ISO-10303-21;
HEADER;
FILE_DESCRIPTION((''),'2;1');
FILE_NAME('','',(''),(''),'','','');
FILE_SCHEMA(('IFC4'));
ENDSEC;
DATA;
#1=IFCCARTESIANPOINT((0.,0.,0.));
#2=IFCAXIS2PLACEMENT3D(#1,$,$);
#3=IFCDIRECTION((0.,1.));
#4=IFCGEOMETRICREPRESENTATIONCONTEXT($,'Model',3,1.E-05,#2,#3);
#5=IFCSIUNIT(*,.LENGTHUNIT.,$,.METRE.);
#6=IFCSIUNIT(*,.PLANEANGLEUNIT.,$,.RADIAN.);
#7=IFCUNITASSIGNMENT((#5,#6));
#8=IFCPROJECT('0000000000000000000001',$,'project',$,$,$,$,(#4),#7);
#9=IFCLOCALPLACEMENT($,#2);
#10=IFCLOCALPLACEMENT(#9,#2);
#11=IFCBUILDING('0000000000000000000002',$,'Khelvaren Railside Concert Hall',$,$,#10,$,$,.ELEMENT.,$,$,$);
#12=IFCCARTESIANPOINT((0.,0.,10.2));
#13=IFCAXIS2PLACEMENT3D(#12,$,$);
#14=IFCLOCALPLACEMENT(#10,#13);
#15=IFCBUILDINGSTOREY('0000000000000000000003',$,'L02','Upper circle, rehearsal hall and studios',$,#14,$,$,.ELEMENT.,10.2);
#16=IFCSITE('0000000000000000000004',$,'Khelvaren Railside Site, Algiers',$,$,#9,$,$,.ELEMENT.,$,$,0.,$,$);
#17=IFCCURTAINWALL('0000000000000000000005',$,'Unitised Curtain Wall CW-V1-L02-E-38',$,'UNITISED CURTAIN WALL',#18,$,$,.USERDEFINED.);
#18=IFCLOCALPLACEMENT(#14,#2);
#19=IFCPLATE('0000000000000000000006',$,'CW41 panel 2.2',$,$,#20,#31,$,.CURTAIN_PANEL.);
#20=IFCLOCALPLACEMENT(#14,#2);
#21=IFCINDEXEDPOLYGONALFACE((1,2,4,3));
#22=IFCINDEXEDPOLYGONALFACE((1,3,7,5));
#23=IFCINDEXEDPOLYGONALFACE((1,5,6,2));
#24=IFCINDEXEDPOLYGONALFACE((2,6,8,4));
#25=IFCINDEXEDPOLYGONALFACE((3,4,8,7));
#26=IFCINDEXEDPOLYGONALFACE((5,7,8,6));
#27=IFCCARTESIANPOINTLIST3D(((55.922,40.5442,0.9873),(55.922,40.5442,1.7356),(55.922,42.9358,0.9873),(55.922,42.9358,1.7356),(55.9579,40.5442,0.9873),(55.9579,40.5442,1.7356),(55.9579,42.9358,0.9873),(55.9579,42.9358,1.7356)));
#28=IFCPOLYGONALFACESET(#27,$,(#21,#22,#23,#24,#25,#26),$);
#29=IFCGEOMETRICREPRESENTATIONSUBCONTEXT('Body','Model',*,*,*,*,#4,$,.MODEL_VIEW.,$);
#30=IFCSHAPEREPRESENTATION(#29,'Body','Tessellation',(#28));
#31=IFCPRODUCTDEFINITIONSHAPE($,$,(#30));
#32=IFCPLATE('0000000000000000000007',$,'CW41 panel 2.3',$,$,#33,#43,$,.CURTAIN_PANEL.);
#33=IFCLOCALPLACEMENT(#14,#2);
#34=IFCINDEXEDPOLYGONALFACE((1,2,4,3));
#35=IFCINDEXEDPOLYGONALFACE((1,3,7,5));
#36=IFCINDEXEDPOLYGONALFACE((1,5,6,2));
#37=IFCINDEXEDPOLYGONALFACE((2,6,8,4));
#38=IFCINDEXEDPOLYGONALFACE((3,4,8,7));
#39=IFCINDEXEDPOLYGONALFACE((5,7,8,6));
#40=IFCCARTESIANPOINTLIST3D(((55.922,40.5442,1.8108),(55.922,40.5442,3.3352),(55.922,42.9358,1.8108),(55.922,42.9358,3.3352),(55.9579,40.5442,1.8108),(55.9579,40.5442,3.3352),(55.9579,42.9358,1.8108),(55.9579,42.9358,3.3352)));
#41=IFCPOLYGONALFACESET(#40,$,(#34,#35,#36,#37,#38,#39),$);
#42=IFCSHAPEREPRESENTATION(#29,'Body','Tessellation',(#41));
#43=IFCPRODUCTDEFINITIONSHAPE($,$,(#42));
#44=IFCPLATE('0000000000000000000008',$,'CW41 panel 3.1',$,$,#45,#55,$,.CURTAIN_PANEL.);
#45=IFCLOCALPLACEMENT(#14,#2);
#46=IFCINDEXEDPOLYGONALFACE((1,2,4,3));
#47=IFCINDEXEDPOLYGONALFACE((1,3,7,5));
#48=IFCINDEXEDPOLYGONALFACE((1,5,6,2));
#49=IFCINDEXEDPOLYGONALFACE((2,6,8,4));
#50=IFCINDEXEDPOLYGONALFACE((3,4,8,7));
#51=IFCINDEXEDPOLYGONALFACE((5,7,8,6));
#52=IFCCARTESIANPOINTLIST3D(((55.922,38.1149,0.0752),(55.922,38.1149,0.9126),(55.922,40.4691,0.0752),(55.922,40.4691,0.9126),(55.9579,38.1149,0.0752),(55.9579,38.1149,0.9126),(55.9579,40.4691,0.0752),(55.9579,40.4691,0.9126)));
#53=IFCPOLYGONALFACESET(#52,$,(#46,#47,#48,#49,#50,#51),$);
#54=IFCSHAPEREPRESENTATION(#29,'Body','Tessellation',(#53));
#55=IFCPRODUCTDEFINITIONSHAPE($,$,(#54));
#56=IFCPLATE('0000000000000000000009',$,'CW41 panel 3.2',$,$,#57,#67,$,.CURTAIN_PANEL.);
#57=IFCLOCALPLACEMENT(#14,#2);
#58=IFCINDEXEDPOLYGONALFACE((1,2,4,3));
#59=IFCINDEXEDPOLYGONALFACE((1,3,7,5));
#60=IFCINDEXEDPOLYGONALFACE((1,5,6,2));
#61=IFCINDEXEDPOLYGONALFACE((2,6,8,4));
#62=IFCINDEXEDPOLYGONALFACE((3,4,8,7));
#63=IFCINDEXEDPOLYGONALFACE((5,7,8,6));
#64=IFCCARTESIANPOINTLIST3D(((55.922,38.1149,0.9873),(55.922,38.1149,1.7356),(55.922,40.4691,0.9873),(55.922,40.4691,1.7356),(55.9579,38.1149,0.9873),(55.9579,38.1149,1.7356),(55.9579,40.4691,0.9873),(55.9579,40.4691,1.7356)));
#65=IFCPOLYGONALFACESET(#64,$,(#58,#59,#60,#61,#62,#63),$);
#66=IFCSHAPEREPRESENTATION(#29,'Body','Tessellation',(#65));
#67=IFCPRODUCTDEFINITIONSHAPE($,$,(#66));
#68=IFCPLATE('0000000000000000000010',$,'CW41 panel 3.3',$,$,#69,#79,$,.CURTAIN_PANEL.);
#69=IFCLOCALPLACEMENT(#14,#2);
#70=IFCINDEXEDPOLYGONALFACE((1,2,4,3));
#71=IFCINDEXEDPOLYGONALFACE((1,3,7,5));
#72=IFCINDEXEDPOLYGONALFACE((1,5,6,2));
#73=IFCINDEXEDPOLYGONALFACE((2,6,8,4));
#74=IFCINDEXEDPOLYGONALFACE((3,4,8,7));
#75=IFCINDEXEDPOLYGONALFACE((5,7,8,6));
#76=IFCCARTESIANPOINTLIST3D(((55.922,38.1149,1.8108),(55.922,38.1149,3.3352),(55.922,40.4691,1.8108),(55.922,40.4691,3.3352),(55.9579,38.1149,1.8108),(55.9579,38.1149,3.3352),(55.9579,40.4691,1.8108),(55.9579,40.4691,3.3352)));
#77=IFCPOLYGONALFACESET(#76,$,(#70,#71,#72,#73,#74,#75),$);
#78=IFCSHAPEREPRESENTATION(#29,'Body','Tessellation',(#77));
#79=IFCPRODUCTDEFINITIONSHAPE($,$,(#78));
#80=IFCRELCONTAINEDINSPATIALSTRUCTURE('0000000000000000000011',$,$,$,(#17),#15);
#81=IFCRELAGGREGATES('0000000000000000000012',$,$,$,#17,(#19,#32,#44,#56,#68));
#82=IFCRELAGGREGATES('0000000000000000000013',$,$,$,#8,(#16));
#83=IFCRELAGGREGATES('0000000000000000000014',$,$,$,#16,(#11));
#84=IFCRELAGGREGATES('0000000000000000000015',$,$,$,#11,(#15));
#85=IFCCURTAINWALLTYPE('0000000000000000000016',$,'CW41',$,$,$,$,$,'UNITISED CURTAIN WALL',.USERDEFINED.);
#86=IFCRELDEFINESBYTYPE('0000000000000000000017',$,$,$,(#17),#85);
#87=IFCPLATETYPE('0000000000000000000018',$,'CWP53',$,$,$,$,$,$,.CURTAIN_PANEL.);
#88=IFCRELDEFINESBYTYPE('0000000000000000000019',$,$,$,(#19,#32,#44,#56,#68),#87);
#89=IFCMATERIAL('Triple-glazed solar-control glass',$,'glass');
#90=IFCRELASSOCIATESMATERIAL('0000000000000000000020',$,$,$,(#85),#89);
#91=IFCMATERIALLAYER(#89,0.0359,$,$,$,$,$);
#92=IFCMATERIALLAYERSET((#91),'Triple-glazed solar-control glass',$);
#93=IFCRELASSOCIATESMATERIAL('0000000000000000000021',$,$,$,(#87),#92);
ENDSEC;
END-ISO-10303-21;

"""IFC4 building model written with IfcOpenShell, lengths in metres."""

from ifc_helpers import new_model, si_unit, direction, frame, origin, origin_2d, place, context, subcontext, project, spatial, rectangle, extrude, material, layer, layer_set, type_object, element, aggregate, save


model = new_model("IFC4")

# Units and contexts
model_context = context("Model", 3, precision=1e-05, world=origin(), true_north=direction((0.0, 1.0)))
body_context = subcontext(model_context, "Body", "Model", "MODEL_VIEW")
ifc_project = project(units=[si_unit("LENGTHUNIT", "METRE"), si_unit("PLANEANGLEUNIT", "RADIAN")], contexts=[model_context])

# Site, building, storey
site_placement = place(None, origin())
site = spatial("IfcSite", under=ifc_project, at=site_placement, Name="Khelvaren Railside Site, Algiers", CompositionType="ELEMENT", RefElevation=0.0)
building_placement = place(site_placement, origin())
building = spatial("IfcBuilding", under=site, at=building_placement, Name="Khelvaren Railside Concert Hall", CompositionType="ELEMENT")
storey_placement = place(building_placement, frame((0.0, 0.0, 10.2)))
storey = spatial("IfcBuildingStorey", under=building, at=storey_placement, Name="L02", Description="Upper circle, rehearsal hall and studios", CompositionType="ELEMENT", Elevation=10.2)

# Curtain wall, plates
ifc_material_1 = material(Name="Triple-glazed solar-control glass", Category="glass")
curtain_wall_type = type_object("IfcCurtainWallType", Name="CW41", ElementType="UNITISED CURTAIN WALL", PredefinedType="USERDEFINED", material=ifc_material_1)
curtain_wall_placement = place(storey_placement, origin())
curtain_wall = element("IfcCurtainWall", 1, at=curtain_wall_placement, inside=storey, type_object=curtain_wall_type, Name="Unitised Curtain Wall CW-V1-L02-E-38", ObjectType="UNITISED CURTAIN WALL", PredefinedType="USERDEFINED")
ifc_layer = layer(ifc_material_1, 0.0359)
ifc_layer_set = layer_set([ifc_layer], Name="Triple-glazed solar-control glass")
plate_type = type_object("IfcPlateType", Name="CWP53", PredefinedType="CURTAIN_PANEL", material=ifc_layer_set)
plate_1_placement = place(storey_placement, frame((55.9399, 41.74, 0.9873), z_axis=(0.0, 0.0, 1.0), x_axis=(0.0, -1.0, 0.0)))
plate_1 = element("IfcPlate", 2, at=plate_1_placement, type_object=plate_type, Name="CW41 panel 2.2", PredefinedType="CURTAIN_PANEL", context=body_context, shape_type="SweptSolid", body=[
    extrude(rectangle(XDim=2.3916, YDim=0.0359, at=origin_2d()), origin(), (0.0, 0.0, 1.0), 0.7483),
])
plate_2_placement = place(storey_placement, frame((55.9399, 41.74, 1.8108), z_axis=(0.0, 0.0, 1.0), x_axis=(0.0, -1.0, 0.0)))
plate_2 = element("IfcPlate", 3, at=plate_2_placement, type_object=plate_type, Name="CW41 panel 2.3", PredefinedType="CURTAIN_PANEL", context=body_context, shape_type="SweptSolid", body=[
    extrude(rectangle(XDim=2.3916, YDim=0.0359, at=origin_2d()), origin(), (0.0, 0.0, 1.0), 1.5244),
])
plate_3_placement = place(storey_placement, frame((55.9399, 39.292, 0.0752), z_axis=(0.0, 0.0, 1.0), x_axis=(0.0, -1.0, 0.0)))
plate_3 = element("IfcPlate", 4, at=plate_3_placement, type_object=plate_type, Name="CW41 panel 3.1", PredefinedType="CURTAIN_PANEL", context=body_context, shape_type="SweptSolid", body=[
    extrude(rectangle(XDim=2.3542, YDim=0.0359, at=origin_2d()), origin(), (0.0, 0.0, 1.0), 0.8374),
])
plate_4_placement = place(storey_placement, frame((55.9399, 39.292, 0.9873), z_axis=(0.0, 0.0, 1.0), x_axis=(0.0, -1.0, 0.0)))
plate_4 = element("IfcPlate", 5, at=plate_4_placement, type_object=plate_type, Name="CW41 panel 3.2", PredefinedType="CURTAIN_PANEL", context=body_context, shape_type="SweptSolid", body=[
    extrude(rectangle(XDim=2.3542, YDim=0.0359, at=origin_2d()), origin(), (0.0, 0.0, 1.0), 0.7483),
])
plate_5_placement = place(storey_placement, frame((55.9399, 39.292, 1.8108), z_axis=(0.0, 0.0, 1.0), x_axis=(0.0, -1.0, 0.0)))
plate_5 = element("IfcPlate", 6, at=plate_5_placement, type_object=plate_type, Name="CW41 panel 3.3", PredefinedType="CURTAIN_PANEL", context=body_context, shape_type="SweptSolid", body=[
    extrude(rectangle(XDim=2.3542, YDim=0.0359, at=origin_2d()), origin(), (0.0, 0.0, 1.0), 1.5244),
])
aggregate(curtain_wall, [plate_1, plate_2, plate_3, plate_4, plate_5])

save(model, "model.ifc")
